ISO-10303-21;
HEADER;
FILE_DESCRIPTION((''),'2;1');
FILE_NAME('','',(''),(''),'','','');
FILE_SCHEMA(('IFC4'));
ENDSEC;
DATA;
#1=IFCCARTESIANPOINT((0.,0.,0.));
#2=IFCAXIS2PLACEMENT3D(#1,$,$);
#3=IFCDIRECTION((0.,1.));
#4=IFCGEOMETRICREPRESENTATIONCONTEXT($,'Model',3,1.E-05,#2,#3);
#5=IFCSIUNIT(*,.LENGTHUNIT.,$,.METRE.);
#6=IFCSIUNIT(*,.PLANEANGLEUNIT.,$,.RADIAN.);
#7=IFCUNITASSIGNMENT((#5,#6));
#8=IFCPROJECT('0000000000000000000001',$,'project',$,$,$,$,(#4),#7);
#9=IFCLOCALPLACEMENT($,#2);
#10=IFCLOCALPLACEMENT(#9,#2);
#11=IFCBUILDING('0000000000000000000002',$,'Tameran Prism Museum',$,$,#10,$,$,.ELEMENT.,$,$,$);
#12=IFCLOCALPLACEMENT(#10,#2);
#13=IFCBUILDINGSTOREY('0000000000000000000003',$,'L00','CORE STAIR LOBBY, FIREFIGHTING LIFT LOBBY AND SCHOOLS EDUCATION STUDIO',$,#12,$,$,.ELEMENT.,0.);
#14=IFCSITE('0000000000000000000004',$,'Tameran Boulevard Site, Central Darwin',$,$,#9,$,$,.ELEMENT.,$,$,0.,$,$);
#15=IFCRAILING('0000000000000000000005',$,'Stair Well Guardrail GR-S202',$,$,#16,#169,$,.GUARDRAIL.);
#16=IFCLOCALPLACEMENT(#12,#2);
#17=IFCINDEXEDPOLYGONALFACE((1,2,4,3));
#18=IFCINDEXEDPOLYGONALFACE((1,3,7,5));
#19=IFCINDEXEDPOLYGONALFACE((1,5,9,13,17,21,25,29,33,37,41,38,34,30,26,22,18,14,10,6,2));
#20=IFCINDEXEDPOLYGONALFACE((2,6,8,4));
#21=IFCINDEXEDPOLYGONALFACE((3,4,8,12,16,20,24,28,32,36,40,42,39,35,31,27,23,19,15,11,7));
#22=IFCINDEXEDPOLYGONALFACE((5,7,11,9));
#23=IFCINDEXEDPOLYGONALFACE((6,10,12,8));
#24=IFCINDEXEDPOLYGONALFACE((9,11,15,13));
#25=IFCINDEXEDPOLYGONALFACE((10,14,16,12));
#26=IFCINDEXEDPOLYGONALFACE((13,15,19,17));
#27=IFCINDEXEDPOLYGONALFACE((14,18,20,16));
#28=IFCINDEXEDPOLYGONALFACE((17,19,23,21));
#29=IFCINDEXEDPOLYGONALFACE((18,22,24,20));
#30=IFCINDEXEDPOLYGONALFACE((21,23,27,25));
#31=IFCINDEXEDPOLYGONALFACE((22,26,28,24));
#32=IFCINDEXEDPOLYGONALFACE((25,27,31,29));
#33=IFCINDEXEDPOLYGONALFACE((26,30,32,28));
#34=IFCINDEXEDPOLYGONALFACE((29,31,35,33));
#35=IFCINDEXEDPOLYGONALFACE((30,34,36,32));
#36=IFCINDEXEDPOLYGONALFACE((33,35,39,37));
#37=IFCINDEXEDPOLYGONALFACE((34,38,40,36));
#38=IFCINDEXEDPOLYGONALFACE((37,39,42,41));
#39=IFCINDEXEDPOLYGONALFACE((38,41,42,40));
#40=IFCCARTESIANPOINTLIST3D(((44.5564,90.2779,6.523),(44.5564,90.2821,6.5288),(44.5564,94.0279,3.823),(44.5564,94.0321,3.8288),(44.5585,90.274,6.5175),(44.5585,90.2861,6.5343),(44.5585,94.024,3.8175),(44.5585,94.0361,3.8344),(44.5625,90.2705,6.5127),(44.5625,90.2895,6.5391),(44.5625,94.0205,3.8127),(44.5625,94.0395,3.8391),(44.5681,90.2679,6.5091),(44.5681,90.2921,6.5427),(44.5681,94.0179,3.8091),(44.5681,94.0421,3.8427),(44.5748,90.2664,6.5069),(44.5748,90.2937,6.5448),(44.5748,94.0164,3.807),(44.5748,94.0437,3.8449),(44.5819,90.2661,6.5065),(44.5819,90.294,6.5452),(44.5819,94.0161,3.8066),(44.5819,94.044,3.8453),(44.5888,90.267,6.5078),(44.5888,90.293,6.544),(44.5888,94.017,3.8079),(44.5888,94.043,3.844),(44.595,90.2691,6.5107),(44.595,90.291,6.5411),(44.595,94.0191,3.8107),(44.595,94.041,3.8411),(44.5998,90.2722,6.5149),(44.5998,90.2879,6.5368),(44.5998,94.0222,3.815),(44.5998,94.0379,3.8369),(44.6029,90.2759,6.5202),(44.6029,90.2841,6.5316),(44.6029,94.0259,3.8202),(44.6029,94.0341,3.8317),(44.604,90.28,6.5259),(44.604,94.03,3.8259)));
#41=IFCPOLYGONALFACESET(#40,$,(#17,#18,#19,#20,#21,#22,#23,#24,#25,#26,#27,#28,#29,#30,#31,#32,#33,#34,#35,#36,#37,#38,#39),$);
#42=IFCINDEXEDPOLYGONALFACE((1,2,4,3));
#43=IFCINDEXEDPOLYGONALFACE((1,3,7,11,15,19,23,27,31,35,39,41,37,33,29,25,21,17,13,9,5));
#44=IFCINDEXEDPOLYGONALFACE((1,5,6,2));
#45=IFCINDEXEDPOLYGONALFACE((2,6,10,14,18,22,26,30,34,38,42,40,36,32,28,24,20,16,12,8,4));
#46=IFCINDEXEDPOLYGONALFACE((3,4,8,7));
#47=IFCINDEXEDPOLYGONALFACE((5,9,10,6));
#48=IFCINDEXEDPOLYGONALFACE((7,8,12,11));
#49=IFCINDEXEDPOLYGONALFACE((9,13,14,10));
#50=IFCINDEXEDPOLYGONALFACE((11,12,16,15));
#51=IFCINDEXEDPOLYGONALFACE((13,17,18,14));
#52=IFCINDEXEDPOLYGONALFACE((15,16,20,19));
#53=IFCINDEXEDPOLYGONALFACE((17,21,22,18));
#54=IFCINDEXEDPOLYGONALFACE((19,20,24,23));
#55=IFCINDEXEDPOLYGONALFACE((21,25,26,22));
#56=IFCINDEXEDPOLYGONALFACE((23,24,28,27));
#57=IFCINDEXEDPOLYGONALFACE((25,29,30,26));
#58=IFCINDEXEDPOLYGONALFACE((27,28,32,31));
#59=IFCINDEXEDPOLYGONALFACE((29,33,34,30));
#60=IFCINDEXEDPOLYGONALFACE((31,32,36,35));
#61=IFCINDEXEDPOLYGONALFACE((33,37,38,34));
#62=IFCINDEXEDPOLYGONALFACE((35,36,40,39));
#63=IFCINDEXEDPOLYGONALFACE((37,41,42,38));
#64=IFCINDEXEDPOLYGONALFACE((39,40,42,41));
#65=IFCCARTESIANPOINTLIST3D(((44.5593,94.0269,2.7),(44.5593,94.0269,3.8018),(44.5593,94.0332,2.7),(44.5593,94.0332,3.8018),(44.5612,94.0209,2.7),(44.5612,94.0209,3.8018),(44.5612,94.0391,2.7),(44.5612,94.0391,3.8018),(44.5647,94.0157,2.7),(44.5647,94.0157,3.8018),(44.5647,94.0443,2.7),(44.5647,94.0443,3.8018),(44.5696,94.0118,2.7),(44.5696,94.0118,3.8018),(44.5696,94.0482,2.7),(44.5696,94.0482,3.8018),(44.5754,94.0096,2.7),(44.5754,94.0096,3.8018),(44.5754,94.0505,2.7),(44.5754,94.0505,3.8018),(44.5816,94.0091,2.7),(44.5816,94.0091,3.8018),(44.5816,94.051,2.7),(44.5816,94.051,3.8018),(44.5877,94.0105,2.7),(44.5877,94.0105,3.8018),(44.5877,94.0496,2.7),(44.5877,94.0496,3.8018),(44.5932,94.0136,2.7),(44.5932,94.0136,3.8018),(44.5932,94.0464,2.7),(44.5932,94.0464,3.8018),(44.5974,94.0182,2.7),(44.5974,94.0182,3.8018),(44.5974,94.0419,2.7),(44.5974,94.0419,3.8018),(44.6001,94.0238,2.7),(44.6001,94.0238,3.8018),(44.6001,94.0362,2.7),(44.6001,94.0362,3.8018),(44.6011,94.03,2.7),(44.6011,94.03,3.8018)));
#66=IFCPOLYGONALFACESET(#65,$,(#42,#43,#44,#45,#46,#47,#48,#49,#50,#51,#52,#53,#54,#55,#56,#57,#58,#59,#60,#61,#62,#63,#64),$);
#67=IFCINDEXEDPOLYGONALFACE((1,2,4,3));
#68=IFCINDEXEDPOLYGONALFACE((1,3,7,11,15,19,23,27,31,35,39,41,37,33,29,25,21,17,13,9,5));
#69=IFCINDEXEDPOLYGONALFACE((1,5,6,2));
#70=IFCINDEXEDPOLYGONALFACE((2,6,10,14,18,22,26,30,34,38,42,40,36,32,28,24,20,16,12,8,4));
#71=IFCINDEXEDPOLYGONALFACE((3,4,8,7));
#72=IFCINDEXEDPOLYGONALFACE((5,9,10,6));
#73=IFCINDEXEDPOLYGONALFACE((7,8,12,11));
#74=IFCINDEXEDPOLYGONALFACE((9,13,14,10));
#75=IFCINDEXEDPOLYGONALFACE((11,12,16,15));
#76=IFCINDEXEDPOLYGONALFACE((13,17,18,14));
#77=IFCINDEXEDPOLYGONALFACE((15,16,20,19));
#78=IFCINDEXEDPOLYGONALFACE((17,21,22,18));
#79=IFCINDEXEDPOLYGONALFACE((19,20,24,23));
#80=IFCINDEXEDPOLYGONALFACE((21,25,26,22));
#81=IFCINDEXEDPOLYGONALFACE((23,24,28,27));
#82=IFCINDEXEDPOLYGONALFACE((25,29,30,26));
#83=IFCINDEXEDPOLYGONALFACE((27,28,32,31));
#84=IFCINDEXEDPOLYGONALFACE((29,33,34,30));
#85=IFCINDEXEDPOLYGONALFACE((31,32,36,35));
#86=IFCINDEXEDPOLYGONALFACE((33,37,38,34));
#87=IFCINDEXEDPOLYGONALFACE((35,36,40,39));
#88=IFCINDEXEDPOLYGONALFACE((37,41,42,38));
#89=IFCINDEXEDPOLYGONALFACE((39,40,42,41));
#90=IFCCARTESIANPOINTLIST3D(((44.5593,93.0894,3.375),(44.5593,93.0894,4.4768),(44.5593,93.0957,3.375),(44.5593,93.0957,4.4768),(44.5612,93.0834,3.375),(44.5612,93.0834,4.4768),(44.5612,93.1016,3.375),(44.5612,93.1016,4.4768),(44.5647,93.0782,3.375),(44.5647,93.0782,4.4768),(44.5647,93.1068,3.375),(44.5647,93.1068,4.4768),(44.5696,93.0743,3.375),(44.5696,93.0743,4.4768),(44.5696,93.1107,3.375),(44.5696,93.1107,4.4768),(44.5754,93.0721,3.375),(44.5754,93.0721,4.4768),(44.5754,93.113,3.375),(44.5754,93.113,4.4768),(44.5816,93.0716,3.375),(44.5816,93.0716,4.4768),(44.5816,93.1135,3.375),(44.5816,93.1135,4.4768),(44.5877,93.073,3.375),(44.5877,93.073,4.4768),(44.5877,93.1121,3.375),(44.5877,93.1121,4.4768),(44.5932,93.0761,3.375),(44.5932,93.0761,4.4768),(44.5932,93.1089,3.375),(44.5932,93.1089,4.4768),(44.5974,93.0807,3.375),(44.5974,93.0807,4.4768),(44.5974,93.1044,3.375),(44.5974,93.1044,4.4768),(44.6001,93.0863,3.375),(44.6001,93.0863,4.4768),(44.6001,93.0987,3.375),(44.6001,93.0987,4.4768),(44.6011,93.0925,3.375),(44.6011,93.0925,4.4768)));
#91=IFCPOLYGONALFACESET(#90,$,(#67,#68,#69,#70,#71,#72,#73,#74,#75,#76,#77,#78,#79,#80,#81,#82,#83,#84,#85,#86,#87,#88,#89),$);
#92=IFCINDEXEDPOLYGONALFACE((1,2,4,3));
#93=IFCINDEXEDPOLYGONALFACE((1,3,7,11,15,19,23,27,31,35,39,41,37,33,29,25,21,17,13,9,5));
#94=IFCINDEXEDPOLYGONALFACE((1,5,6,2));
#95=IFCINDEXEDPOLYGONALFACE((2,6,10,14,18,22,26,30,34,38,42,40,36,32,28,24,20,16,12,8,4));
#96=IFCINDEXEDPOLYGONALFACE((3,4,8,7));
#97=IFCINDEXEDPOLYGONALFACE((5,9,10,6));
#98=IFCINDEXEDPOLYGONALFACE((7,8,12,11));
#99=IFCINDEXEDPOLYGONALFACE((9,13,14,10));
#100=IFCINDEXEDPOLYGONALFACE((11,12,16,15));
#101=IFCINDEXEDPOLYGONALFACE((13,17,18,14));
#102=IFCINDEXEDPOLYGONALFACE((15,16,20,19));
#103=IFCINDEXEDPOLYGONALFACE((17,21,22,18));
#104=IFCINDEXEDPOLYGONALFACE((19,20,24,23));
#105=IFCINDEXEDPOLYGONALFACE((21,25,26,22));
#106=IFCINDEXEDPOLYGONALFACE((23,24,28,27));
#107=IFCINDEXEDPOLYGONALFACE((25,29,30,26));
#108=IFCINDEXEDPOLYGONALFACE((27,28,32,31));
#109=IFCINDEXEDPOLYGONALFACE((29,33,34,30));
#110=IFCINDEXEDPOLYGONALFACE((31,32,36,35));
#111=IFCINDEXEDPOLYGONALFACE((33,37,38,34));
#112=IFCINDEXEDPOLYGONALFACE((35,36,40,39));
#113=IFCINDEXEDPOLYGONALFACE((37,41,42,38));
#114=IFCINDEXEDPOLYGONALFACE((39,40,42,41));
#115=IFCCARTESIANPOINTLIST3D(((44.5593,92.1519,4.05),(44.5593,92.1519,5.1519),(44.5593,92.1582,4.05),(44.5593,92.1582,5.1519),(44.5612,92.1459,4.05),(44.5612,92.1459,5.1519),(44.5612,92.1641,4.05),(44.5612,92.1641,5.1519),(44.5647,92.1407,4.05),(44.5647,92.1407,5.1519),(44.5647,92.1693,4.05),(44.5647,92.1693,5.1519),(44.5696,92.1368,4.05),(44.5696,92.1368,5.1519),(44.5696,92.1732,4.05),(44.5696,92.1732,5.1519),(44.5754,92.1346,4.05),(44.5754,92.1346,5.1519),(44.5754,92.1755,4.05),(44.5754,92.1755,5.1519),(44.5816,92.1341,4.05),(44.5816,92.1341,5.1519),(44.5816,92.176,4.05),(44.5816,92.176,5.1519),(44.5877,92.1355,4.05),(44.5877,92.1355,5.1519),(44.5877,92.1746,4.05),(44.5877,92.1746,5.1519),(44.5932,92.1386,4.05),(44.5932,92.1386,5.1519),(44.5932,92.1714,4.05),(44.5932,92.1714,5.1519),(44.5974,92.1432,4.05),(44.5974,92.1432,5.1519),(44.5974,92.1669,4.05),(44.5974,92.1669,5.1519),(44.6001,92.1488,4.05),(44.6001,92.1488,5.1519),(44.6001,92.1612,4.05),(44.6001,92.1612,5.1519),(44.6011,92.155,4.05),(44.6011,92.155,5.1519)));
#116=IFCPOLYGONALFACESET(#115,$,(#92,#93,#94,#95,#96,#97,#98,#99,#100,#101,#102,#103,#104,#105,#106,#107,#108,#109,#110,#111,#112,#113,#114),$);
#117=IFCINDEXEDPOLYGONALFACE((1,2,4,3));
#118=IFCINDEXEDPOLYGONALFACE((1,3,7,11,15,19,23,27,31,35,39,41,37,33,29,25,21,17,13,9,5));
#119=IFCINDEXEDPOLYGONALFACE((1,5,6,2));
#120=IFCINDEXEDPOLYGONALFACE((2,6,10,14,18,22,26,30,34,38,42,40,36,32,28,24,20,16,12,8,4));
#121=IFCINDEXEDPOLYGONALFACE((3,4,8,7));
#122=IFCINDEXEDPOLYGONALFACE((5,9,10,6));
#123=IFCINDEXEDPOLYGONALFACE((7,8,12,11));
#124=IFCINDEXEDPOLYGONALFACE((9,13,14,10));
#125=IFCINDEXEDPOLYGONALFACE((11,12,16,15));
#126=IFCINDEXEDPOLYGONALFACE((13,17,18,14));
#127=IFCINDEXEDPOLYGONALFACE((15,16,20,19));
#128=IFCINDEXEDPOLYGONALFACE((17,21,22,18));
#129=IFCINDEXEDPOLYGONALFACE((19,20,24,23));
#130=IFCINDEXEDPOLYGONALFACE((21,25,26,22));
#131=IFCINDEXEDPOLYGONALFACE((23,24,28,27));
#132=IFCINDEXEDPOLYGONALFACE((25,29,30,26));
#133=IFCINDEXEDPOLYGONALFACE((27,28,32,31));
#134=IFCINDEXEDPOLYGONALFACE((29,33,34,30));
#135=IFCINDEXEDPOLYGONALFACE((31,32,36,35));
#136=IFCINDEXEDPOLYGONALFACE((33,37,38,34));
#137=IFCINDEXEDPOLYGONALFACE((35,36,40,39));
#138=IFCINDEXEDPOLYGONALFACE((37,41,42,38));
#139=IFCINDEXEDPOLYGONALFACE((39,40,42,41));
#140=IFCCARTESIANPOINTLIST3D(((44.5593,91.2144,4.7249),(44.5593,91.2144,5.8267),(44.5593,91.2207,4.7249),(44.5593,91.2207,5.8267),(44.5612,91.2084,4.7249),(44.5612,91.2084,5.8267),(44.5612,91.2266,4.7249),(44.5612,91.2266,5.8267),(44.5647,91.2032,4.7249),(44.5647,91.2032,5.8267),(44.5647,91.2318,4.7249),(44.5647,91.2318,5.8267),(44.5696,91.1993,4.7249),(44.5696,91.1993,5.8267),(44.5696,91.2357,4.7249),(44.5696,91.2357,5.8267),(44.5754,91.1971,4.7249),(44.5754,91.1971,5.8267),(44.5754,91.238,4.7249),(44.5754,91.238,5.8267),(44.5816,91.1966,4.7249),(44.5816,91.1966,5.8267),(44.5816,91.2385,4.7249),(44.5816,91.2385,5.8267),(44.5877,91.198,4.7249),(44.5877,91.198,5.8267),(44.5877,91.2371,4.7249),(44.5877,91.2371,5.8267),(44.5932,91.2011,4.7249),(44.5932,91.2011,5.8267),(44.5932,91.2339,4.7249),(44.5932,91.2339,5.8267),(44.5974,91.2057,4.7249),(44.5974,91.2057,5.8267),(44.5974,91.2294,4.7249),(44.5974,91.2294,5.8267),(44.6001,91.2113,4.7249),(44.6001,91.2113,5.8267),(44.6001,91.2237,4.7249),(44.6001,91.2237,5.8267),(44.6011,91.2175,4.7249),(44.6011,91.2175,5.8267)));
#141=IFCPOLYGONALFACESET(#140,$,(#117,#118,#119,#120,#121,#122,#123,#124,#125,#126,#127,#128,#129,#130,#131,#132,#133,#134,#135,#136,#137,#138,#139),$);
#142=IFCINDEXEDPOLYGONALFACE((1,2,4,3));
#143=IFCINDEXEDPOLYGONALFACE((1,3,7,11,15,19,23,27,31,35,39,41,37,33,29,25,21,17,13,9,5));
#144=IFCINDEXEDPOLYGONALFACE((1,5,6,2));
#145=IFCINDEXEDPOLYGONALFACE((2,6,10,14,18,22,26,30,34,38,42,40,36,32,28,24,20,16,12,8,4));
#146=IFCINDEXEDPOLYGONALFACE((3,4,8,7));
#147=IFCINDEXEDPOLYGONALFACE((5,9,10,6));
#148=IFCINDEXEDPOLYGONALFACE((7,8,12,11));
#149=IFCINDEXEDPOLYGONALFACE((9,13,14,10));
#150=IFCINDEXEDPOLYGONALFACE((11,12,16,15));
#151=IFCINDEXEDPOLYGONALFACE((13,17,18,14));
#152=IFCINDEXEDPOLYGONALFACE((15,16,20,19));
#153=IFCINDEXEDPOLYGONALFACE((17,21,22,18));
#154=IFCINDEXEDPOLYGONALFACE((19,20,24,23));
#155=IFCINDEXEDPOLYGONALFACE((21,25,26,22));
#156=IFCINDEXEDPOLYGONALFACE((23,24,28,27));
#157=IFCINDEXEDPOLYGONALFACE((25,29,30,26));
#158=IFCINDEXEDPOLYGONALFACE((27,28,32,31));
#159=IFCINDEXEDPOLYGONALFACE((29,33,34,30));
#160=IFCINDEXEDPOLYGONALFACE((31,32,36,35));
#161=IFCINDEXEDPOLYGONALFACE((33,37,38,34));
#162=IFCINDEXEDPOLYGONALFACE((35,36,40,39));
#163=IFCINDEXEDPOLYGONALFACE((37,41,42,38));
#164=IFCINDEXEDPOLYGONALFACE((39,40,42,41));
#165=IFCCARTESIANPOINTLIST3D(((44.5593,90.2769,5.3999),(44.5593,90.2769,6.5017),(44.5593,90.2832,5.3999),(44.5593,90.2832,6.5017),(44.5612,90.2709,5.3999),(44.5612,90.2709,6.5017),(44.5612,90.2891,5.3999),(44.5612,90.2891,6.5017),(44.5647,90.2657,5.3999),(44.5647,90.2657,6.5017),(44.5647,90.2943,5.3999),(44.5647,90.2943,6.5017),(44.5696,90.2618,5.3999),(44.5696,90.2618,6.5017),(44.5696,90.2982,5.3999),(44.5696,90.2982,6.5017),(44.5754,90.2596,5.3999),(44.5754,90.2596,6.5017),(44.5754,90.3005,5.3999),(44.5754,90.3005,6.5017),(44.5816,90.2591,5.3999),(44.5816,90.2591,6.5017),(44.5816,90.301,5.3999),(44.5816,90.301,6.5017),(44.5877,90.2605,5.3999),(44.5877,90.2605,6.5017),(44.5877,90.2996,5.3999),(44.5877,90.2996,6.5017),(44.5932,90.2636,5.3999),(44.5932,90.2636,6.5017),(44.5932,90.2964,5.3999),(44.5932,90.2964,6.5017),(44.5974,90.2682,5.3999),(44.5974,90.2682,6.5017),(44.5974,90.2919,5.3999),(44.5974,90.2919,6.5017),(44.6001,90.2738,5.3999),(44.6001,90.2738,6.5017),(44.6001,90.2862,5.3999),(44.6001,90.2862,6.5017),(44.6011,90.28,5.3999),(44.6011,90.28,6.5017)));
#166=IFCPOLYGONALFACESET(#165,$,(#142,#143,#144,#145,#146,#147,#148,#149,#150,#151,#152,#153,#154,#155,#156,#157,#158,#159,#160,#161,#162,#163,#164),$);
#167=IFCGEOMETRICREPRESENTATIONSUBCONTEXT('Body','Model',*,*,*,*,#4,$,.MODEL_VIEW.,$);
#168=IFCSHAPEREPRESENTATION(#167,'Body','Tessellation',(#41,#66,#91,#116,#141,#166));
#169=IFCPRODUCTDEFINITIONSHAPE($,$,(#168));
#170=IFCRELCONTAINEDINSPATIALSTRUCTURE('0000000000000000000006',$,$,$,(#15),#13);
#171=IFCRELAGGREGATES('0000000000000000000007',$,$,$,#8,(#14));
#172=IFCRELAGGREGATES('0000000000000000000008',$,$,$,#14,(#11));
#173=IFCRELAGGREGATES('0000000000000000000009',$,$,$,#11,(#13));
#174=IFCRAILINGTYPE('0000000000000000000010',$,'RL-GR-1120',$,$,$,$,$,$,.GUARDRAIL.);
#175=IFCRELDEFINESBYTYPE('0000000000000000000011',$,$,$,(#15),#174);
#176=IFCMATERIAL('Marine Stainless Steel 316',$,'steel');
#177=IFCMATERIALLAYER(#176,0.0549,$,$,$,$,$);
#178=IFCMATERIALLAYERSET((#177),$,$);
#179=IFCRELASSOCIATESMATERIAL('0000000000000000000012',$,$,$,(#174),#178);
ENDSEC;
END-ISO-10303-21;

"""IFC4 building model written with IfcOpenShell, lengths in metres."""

from ifc_helpers import new_model, si_unit, direction, frame, origin, origin_2d, place, context, subcontext, project, spatial, circle, extrude, material, layer, layer_set, type_object, element, save


model = new_model("IFC4")

# Units and contexts
model_context = context("Model", 3, precision=1e-05, world=origin(), true_north=direction((0.0, 1.0)))
body_context = subcontext(model_context, "Body", "Model", "MODEL_VIEW")
ifc_project = project(units=[si_unit("LENGTHUNIT", "METRE"), si_unit("PLANEANGLEUNIT", "RADIAN")], contexts=[model_context])

# Site, building, storey
site_placement = place(None, origin())
site = spatial("IfcSite", under=ifc_project, at=site_placement, Name="Tameran Boulevard Site, Central Darwin", CompositionType="ELEMENT", RefElevation=0.0)
building_placement = place(site_placement, origin())
building = spatial("IfcBuilding", under=site, at=building_placement, Name="Tameran Prism Museum", CompositionType="ELEMENT")
storey_placement = place(building_placement, origin())
storey = spatial("IfcBuildingStorey", under=building, at=storey_placement, Name="L00", Description="CORE STAIR LOBBY, FIREFIGHTING LIFT LOBBY AND SCHOOLS EDUCATION STUDIO", CompositionType="ELEMENT", Elevation=0.0)

# Railing
ifc_material_1 = material(Name="Marine Stainless Steel 316", Category="steel")
ifc_layer_1 = layer(ifc_material_1, 0.0549)
ifc_layer_set_1 = layer_set([ifc_layer_1])
railing_type_1 = type_object("IfcRailingType", Name="RL-GR-1120", PredefinedType="GUARDRAIL", material=ifc_layer_set_1)
railing_1_placement = place(storey_placement, frame((44.5801, 94.03, 2.7)))
element("IfcRailing", 1, at=railing_1_placement, inside=storey, type_object=railing_type_1, Name="Stair Well Guardrail GR-S202", PredefinedType="GUARDRAIL", context=body_context, shape_type="SweptSolid", body=[
    extrude(circle(Radius=0.0239, at=origin_2d()), frame((0.0, 0.0, 1.126), z_axis=(0.0, -0.811539, 0.584298), x_axis=(1.0, 0.0, 0.0)), (0.0, 0.0, 1.0), 4.6208),
    extrude(circle(Radius=0.021, at=origin_2d()), origin(), (0.0, 0.0, 1.0), 1.1018),
    extrude(circle(Radius=0.021, at=origin_2d()), frame((0.0, -0.9375, 0.675)), (0.0, 0.0, 1.0), 1.1018),
    extrude(circle(Radius=0.021, at=origin_2d()), frame((0.0, -1.875, 1.3501)), (0.0, 0.0, 1.0), 1.1018),
    extrude(circle(Radius=0.021, at=origin_2d()), frame((0.0, -2.8125, 2.0249)), (0.0, 0.0, 1.0), 1.1018),
    extrude(circle(Radius=0.021, at=origin_2d()), frame((0.0, -3.75, 2.7)), (0.0, 0.0, 1.0), 1.1018),
])

save(model, "model.ifc")
